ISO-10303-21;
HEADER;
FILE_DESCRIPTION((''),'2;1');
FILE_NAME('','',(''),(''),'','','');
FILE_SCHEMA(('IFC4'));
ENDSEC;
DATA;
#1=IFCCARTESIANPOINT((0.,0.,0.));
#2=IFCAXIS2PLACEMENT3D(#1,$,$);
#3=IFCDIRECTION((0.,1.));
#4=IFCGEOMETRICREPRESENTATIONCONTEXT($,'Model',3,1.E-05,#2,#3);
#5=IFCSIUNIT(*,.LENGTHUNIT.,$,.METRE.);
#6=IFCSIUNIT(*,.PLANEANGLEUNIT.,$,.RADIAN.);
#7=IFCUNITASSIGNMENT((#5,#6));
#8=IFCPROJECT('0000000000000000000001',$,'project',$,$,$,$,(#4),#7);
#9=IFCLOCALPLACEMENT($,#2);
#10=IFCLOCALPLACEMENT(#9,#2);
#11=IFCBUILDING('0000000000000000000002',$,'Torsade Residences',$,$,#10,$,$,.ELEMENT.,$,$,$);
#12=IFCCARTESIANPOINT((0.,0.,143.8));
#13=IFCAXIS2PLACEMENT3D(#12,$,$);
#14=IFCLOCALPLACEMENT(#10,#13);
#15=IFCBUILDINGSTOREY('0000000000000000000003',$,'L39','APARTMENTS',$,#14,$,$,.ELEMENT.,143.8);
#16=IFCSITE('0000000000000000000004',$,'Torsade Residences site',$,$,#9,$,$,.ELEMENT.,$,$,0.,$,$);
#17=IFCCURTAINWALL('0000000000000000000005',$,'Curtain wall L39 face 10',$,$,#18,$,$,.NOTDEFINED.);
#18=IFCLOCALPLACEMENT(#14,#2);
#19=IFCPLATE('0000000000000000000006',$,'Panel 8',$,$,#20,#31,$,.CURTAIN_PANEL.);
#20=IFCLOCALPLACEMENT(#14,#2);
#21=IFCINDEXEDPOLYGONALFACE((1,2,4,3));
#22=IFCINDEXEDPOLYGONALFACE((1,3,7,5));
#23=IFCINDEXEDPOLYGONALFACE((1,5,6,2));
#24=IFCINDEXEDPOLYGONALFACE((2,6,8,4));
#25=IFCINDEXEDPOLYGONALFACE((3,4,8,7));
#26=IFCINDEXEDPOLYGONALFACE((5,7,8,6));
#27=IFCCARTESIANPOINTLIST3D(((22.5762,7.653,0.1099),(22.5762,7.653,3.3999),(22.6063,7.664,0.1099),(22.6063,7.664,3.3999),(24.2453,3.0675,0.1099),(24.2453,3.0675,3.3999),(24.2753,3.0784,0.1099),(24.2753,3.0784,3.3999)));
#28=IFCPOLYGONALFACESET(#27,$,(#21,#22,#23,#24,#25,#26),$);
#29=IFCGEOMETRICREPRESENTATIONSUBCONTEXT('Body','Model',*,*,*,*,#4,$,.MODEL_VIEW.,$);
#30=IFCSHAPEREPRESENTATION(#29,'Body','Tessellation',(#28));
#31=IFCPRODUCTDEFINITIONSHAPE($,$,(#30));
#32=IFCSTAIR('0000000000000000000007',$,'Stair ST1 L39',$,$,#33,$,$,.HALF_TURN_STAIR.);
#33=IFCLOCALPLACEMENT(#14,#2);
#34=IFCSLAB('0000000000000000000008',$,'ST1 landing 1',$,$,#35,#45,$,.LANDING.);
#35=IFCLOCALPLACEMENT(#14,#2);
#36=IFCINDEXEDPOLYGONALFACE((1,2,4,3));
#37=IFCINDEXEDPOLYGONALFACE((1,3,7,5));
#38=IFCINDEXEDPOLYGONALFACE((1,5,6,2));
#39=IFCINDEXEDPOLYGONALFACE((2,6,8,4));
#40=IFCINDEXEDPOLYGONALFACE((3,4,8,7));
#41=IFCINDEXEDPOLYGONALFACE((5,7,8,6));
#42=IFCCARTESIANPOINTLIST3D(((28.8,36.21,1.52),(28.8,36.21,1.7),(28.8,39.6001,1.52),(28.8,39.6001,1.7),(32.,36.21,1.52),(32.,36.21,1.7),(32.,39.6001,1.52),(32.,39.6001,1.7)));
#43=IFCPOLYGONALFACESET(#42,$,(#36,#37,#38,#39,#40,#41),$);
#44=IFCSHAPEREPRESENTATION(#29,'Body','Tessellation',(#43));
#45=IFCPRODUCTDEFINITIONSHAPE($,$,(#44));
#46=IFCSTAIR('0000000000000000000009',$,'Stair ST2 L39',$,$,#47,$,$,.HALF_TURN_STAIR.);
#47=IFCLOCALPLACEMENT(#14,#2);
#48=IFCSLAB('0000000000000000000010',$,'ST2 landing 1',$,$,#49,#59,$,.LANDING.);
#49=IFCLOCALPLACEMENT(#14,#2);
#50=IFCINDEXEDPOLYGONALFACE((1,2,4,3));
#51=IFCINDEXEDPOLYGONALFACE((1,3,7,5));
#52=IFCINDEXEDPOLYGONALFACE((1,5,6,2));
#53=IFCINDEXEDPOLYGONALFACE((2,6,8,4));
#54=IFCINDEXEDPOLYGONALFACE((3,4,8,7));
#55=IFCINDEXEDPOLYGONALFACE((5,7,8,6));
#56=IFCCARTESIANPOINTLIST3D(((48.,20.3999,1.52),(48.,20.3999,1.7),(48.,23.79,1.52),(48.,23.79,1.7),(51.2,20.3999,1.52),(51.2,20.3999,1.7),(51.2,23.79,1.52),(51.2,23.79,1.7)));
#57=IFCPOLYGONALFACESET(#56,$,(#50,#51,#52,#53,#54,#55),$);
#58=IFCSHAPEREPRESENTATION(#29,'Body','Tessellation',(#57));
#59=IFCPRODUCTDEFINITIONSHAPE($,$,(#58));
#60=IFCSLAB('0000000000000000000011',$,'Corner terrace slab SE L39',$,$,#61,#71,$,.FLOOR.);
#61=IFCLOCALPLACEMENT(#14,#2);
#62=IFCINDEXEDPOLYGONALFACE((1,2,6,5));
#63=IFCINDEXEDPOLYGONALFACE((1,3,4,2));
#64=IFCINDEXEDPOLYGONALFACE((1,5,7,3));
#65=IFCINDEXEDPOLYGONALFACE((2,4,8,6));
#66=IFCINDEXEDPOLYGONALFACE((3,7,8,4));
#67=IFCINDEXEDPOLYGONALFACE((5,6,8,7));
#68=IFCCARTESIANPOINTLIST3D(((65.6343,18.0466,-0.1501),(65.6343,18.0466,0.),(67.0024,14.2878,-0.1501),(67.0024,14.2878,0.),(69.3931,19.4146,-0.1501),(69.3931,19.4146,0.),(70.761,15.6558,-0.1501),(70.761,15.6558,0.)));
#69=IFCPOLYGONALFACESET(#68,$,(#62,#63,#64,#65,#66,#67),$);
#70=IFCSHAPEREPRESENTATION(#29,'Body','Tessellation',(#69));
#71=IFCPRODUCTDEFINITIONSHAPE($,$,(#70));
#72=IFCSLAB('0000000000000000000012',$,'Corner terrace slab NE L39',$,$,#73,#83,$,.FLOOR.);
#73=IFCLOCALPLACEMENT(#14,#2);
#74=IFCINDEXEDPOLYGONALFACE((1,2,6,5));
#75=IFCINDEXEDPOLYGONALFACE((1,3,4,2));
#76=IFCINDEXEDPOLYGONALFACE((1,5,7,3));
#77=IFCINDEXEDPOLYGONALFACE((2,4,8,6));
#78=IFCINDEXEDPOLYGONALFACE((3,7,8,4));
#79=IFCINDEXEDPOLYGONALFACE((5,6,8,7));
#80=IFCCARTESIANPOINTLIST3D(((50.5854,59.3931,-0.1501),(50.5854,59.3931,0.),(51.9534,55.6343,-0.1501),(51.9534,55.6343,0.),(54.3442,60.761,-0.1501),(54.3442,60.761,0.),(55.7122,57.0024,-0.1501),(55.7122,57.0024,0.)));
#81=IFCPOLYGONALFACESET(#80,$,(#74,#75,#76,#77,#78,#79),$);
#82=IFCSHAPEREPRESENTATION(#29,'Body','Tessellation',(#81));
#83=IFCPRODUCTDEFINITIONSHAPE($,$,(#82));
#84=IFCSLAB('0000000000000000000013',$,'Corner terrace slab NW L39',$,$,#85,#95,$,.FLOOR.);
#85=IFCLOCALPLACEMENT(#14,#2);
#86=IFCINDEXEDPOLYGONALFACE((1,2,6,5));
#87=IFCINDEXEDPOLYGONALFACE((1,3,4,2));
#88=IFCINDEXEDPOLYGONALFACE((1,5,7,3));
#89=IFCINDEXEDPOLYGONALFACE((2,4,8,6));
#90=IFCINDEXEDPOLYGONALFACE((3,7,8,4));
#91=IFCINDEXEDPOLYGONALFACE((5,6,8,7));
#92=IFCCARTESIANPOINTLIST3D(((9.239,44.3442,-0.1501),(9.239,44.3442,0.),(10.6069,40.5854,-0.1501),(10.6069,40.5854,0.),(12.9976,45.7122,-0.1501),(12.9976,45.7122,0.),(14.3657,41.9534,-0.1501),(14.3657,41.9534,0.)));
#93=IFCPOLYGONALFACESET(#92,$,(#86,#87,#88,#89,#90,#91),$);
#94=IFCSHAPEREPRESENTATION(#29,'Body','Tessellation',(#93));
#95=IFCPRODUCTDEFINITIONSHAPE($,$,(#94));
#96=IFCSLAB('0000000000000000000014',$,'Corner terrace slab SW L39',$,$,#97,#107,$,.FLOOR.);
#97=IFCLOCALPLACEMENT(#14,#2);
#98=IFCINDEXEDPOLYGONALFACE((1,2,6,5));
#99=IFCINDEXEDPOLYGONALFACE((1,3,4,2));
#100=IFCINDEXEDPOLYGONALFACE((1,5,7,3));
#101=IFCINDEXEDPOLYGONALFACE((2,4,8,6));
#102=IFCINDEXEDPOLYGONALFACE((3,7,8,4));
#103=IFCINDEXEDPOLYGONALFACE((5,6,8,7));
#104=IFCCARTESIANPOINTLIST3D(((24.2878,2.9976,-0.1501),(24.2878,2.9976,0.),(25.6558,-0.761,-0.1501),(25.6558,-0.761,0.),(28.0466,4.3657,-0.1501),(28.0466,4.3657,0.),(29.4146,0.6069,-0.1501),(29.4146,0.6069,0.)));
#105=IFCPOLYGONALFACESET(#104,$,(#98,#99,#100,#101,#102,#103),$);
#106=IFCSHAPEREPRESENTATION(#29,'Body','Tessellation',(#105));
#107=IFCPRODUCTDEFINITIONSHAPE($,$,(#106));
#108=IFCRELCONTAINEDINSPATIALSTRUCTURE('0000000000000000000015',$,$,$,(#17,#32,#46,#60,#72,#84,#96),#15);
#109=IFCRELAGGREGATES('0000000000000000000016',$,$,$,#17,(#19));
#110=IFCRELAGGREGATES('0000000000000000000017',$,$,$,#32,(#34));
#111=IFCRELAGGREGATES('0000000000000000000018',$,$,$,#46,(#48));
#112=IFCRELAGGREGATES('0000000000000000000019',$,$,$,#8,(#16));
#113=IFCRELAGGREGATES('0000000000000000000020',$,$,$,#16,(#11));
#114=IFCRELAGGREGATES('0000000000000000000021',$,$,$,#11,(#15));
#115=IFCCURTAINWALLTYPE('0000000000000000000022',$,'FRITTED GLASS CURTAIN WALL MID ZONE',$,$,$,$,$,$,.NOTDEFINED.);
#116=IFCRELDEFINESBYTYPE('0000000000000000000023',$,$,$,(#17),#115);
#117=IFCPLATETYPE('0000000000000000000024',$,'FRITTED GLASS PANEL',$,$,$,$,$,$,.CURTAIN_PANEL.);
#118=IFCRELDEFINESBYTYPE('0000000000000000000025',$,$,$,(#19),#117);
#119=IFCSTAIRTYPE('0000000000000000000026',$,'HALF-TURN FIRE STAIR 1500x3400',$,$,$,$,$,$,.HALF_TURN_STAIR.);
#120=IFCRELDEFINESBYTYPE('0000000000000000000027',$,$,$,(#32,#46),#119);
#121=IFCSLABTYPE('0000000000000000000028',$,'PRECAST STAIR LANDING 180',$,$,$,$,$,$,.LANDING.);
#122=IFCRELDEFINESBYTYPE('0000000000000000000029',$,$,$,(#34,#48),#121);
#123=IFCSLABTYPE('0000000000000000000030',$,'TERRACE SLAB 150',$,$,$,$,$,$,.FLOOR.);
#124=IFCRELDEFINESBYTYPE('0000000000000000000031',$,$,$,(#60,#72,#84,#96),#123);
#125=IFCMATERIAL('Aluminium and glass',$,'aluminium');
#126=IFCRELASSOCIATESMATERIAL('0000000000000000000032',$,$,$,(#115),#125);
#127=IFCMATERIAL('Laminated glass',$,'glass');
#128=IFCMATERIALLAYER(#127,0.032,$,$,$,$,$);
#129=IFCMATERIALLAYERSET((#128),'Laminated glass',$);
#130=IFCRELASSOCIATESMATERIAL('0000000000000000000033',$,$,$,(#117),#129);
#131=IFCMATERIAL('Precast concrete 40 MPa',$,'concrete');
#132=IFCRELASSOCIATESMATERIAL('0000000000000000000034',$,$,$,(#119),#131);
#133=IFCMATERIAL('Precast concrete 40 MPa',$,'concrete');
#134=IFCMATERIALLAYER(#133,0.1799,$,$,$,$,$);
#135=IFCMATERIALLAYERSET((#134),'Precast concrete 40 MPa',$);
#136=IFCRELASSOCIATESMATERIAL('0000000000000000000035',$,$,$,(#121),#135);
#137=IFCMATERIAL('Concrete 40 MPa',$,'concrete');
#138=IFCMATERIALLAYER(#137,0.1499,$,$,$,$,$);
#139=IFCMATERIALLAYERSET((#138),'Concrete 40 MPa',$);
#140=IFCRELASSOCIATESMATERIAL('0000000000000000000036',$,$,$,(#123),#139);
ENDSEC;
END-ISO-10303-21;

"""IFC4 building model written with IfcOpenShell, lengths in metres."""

from ifc_helpers import new_model, si_unit, direction, frame, origin, origin_2d, place, context, subcontext, project, spatial, polyline, rectangle, outline, extrude, material, layer, layer_set, type_object, element, aggregate, save


model = new_model("IFC4")

# Units and contexts
model_context = context("Model", 3, precision=1e-05, world=origin(), true_north=direction((0.0, 1.0)))
body_context = subcontext(model_context, "Body", "Model", "MODEL_VIEW")
ifc_project = project(units=[si_unit("LENGTHUNIT", "METRE"), si_unit("PLANEANGLEUNIT", "RADIAN")], contexts=[model_context])

# Site, building, storey
site_placement = place(None, origin())
site = spatial("IfcSite", under=ifc_project, at=site_placement, Name="Torsade Residences site", CompositionType="ELEMENT", RefElevation=0.0)
building_placement = place(site_placement, origin())
building = spatial("IfcBuilding", under=site, at=building_placement, Name="Torsade Residences", CompositionType="ELEMENT")
storey_placement = place(building_placement, frame((0.0, 0.0, 143.8)))
storey = spatial("IfcBuildingStorey", under=building, at=storey_placement, Name="L39", Description="APARTMENTS", CompositionType="ELEMENT", Elevation=143.8)

# Curtain wall
ifc_material_1 = material(Name="Aluminium and glass", Category="aluminium")
curtain_wall_type = type_object("IfcCurtainWallType", Name="FRITTED GLASS CURTAIN WALL MID ZONE", PredefinedType="NOTDEFINED", material=ifc_material_1)
curtain_wall_placement = place(storey_placement, origin())
curtain_wall = element("IfcCurtainWall", 1, at=curtain_wall_placement, inside=storey, type_object=curtain_wall_type, Name="Curtain wall L39 face 10", PredefinedType="NOTDEFINED")

# Plate
ifc_material_2 = material(Name="Laminated glass", Category="glass")
ifc_layer_1 = layer(ifc_material_2, 0.032)
ifc_layer_set_1 = layer_set([ifc_layer_1], Name="Laminated glass")
plate_type = type_object("IfcPlateType", Name="FRITTED GLASS PANEL", PredefinedType="CURTAIN_PANEL", material=ifc_layer_set_1)
plate_1_placement = place(storey_placement, frame((23.4258, 5.3657, 0.1099), z_axis=(0.0, 0.0, 1.0), x_axis=(0.34202, -0.939693, 0.0)))
plate_1 = element("IfcPlate", 2, at=plate_1_placement, type_object=plate_type, Name="Panel 8", PredefinedType="CURTAIN_PANEL", context=body_context, shape_type="SweptSolid", body=[
    extrude(rectangle(XDim=4.8799, YDim=0.032, at=origin_2d()), origin(), (0.0, 0.0, 1.0), 3.29),
])
aggregate(curtain_wall, [plate_1])

# Stairs, slabs
ifc_material_3 = material(Name="Precast concrete 40 MPa", Category="concrete")
stair_type = type_object("IfcStairType", Name="HALF-TURN FIRE STAIR 1500x3400", PredefinedType="HALF_TURN_STAIR", material=ifc_material_3)
stair_1_placement = place(storey_placement, origin())
stair_1 = element("IfcStair", 3, at=stair_1_placement, inside=storey, type_object=stair_type, Name="Stair ST1 L39", PredefinedType="HALF_TURN_STAIR")
ifc_material_4 = material(Name="Precast concrete 40 MPa", Category="concrete")
ifc_layer_2 = layer(ifc_material_4, 0.1799)
ifc_layer_set_2 = layer_set([ifc_layer_2], Name="Precast concrete 40 MPa")
slab_type_1 = type_object("IfcSlabType", Name="PRECAST STAIR LANDING 180", PredefinedType="LANDING", material=ifc_layer_set_2)
slab_1_placement = place(storey_placement, frame((0.0, 0.0, 1.52)))
slab_1 = element("IfcSlab", 4, at=slab_1_placement, type_object=slab_type_1, Name="ST1 landing 1", PredefinedType="LANDING", context=body_context, shape_type="SweptSolid", body=[
    extrude(outline(polyline([(28.8, 36.21), (32.0, 36.21), (32.0, 39.6001), (28.8, 39.6001), (28.8, 36.21)])), origin(), (0.0, 0.0, 1.0), 0.1799),
])
aggregate(stair_1, [slab_1])
stair_2_placement = place(storey_placement, origin())
stair_2 = element("IfcStair", 5, at=stair_2_placement, inside=storey, type_object=stair_type, Name="Stair ST2 L39", PredefinedType="HALF_TURN_STAIR")
slab_2_placement = place(storey_placement, frame((0.0, 0.0, 1.52)))
slab_2 = element("IfcSlab", 6, at=slab_2_placement, type_object=slab_type_1, Name="ST2 landing 1", PredefinedType="LANDING", context=body_context, shape_type="SweptSolid", body=[
    extrude(outline(polyline([(48.0, 20.3999), (51.2, 20.3999), (51.2, 23.79), (48.0, 23.79), (48.0, 20.3999)])), origin(), (0.0, 0.0, 1.0), 0.1799),
])
aggregate(stair_2, [slab_2])

# Slabs
ifc_material_5 = material(Name="Concrete 40 MPa", Category="concrete")
ifc_layer_3 = layer(ifc_material_5, 0.1499)
ifc_layer_set_3 = layer_set([ifc_layer_3], Name="Concrete 40 MPa")
slab_type_2 = type_object("IfcSlabType", Name="TERRACE SLAB 150", PredefinedType="FLOOR", material=ifc_layer_set_3)
slab_3_placement = place(storey_placement, frame((0.0, 0.0, -0.1501)))
element("IfcSlab", 7, at=slab_3_placement, inside=storey, type_object=slab_type_2, Name="Corner terrace slab SE L39", PredefinedType="FLOOR", context=body_context, shape_type="SweptSolid", body=[
    extrude(outline(polyline([(67.0024, 14.2878), (70.761, 15.6558), (69.3931, 19.4146), (65.6343, 18.0466), (67.0024, 14.2878)])), origin(), (0.0, 0.0, 1.0), 0.1501),
])
slab_4_placement = place(storey_placement, frame((0.0, 0.0, -0.1501)))
element("IfcSlab", 8, at=slab_4_placement, inside=storey, type_object=slab_type_2, Name="Corner terrace slab NE L39", PredefinedType="FLOOR", context=body_context, shape_type="SweptSolid", body=[
    extrude(outline(polyline([(51.9534, 55.6343), (55.7122, 57.0024), (54.3442, 60.761), (50.5854, 59.3931), (51.9534, 55.6343)])), origin(), (0.0, 0.0, 1.0), 0.1501),
])
slab_5_placement = place(storey_placement, frame((0.0, 0.0, -0.1501)))
element("IfcSlab", 9, at=slab_5_placement, inside=storey, type_object=slab_type_2, Name="Corner terrace slab NW L39", PredefinedType="FLOOR", context=body_context, shape_type="SweptSolid", body=[
    extrude(outline(polyline([(10.6069, 40.5854), (14.3657, 41.9534), (12.9976, 45.7122), (9.239, 44.3442), (10.6069, 40.5854)])), origin(), (0.0, 0.0, 1.0), 0.1501),
])
slab_6_placement = place(storey_placement, frame((0.0, 0.0, -0.1501)))
element("IfcSlab", 10, at=slab_6_placement, inside=storey, type_object=slab_type_2, Name="Corner terrace slab SW L39", PredefinedType="FLOOR", context=body_context, shape_type="SweptSolid", body=[
    extrude(outline(polyline([(25.6558, -0.761), (29.4146, 0.6069), (28.0466, 4.3657), (24.2878, 2.9976), (25.6558, -0.761)])), origin(), (0.0, 0.0, 1.0), 0.1501),
])

save(model, "model.ifc")
